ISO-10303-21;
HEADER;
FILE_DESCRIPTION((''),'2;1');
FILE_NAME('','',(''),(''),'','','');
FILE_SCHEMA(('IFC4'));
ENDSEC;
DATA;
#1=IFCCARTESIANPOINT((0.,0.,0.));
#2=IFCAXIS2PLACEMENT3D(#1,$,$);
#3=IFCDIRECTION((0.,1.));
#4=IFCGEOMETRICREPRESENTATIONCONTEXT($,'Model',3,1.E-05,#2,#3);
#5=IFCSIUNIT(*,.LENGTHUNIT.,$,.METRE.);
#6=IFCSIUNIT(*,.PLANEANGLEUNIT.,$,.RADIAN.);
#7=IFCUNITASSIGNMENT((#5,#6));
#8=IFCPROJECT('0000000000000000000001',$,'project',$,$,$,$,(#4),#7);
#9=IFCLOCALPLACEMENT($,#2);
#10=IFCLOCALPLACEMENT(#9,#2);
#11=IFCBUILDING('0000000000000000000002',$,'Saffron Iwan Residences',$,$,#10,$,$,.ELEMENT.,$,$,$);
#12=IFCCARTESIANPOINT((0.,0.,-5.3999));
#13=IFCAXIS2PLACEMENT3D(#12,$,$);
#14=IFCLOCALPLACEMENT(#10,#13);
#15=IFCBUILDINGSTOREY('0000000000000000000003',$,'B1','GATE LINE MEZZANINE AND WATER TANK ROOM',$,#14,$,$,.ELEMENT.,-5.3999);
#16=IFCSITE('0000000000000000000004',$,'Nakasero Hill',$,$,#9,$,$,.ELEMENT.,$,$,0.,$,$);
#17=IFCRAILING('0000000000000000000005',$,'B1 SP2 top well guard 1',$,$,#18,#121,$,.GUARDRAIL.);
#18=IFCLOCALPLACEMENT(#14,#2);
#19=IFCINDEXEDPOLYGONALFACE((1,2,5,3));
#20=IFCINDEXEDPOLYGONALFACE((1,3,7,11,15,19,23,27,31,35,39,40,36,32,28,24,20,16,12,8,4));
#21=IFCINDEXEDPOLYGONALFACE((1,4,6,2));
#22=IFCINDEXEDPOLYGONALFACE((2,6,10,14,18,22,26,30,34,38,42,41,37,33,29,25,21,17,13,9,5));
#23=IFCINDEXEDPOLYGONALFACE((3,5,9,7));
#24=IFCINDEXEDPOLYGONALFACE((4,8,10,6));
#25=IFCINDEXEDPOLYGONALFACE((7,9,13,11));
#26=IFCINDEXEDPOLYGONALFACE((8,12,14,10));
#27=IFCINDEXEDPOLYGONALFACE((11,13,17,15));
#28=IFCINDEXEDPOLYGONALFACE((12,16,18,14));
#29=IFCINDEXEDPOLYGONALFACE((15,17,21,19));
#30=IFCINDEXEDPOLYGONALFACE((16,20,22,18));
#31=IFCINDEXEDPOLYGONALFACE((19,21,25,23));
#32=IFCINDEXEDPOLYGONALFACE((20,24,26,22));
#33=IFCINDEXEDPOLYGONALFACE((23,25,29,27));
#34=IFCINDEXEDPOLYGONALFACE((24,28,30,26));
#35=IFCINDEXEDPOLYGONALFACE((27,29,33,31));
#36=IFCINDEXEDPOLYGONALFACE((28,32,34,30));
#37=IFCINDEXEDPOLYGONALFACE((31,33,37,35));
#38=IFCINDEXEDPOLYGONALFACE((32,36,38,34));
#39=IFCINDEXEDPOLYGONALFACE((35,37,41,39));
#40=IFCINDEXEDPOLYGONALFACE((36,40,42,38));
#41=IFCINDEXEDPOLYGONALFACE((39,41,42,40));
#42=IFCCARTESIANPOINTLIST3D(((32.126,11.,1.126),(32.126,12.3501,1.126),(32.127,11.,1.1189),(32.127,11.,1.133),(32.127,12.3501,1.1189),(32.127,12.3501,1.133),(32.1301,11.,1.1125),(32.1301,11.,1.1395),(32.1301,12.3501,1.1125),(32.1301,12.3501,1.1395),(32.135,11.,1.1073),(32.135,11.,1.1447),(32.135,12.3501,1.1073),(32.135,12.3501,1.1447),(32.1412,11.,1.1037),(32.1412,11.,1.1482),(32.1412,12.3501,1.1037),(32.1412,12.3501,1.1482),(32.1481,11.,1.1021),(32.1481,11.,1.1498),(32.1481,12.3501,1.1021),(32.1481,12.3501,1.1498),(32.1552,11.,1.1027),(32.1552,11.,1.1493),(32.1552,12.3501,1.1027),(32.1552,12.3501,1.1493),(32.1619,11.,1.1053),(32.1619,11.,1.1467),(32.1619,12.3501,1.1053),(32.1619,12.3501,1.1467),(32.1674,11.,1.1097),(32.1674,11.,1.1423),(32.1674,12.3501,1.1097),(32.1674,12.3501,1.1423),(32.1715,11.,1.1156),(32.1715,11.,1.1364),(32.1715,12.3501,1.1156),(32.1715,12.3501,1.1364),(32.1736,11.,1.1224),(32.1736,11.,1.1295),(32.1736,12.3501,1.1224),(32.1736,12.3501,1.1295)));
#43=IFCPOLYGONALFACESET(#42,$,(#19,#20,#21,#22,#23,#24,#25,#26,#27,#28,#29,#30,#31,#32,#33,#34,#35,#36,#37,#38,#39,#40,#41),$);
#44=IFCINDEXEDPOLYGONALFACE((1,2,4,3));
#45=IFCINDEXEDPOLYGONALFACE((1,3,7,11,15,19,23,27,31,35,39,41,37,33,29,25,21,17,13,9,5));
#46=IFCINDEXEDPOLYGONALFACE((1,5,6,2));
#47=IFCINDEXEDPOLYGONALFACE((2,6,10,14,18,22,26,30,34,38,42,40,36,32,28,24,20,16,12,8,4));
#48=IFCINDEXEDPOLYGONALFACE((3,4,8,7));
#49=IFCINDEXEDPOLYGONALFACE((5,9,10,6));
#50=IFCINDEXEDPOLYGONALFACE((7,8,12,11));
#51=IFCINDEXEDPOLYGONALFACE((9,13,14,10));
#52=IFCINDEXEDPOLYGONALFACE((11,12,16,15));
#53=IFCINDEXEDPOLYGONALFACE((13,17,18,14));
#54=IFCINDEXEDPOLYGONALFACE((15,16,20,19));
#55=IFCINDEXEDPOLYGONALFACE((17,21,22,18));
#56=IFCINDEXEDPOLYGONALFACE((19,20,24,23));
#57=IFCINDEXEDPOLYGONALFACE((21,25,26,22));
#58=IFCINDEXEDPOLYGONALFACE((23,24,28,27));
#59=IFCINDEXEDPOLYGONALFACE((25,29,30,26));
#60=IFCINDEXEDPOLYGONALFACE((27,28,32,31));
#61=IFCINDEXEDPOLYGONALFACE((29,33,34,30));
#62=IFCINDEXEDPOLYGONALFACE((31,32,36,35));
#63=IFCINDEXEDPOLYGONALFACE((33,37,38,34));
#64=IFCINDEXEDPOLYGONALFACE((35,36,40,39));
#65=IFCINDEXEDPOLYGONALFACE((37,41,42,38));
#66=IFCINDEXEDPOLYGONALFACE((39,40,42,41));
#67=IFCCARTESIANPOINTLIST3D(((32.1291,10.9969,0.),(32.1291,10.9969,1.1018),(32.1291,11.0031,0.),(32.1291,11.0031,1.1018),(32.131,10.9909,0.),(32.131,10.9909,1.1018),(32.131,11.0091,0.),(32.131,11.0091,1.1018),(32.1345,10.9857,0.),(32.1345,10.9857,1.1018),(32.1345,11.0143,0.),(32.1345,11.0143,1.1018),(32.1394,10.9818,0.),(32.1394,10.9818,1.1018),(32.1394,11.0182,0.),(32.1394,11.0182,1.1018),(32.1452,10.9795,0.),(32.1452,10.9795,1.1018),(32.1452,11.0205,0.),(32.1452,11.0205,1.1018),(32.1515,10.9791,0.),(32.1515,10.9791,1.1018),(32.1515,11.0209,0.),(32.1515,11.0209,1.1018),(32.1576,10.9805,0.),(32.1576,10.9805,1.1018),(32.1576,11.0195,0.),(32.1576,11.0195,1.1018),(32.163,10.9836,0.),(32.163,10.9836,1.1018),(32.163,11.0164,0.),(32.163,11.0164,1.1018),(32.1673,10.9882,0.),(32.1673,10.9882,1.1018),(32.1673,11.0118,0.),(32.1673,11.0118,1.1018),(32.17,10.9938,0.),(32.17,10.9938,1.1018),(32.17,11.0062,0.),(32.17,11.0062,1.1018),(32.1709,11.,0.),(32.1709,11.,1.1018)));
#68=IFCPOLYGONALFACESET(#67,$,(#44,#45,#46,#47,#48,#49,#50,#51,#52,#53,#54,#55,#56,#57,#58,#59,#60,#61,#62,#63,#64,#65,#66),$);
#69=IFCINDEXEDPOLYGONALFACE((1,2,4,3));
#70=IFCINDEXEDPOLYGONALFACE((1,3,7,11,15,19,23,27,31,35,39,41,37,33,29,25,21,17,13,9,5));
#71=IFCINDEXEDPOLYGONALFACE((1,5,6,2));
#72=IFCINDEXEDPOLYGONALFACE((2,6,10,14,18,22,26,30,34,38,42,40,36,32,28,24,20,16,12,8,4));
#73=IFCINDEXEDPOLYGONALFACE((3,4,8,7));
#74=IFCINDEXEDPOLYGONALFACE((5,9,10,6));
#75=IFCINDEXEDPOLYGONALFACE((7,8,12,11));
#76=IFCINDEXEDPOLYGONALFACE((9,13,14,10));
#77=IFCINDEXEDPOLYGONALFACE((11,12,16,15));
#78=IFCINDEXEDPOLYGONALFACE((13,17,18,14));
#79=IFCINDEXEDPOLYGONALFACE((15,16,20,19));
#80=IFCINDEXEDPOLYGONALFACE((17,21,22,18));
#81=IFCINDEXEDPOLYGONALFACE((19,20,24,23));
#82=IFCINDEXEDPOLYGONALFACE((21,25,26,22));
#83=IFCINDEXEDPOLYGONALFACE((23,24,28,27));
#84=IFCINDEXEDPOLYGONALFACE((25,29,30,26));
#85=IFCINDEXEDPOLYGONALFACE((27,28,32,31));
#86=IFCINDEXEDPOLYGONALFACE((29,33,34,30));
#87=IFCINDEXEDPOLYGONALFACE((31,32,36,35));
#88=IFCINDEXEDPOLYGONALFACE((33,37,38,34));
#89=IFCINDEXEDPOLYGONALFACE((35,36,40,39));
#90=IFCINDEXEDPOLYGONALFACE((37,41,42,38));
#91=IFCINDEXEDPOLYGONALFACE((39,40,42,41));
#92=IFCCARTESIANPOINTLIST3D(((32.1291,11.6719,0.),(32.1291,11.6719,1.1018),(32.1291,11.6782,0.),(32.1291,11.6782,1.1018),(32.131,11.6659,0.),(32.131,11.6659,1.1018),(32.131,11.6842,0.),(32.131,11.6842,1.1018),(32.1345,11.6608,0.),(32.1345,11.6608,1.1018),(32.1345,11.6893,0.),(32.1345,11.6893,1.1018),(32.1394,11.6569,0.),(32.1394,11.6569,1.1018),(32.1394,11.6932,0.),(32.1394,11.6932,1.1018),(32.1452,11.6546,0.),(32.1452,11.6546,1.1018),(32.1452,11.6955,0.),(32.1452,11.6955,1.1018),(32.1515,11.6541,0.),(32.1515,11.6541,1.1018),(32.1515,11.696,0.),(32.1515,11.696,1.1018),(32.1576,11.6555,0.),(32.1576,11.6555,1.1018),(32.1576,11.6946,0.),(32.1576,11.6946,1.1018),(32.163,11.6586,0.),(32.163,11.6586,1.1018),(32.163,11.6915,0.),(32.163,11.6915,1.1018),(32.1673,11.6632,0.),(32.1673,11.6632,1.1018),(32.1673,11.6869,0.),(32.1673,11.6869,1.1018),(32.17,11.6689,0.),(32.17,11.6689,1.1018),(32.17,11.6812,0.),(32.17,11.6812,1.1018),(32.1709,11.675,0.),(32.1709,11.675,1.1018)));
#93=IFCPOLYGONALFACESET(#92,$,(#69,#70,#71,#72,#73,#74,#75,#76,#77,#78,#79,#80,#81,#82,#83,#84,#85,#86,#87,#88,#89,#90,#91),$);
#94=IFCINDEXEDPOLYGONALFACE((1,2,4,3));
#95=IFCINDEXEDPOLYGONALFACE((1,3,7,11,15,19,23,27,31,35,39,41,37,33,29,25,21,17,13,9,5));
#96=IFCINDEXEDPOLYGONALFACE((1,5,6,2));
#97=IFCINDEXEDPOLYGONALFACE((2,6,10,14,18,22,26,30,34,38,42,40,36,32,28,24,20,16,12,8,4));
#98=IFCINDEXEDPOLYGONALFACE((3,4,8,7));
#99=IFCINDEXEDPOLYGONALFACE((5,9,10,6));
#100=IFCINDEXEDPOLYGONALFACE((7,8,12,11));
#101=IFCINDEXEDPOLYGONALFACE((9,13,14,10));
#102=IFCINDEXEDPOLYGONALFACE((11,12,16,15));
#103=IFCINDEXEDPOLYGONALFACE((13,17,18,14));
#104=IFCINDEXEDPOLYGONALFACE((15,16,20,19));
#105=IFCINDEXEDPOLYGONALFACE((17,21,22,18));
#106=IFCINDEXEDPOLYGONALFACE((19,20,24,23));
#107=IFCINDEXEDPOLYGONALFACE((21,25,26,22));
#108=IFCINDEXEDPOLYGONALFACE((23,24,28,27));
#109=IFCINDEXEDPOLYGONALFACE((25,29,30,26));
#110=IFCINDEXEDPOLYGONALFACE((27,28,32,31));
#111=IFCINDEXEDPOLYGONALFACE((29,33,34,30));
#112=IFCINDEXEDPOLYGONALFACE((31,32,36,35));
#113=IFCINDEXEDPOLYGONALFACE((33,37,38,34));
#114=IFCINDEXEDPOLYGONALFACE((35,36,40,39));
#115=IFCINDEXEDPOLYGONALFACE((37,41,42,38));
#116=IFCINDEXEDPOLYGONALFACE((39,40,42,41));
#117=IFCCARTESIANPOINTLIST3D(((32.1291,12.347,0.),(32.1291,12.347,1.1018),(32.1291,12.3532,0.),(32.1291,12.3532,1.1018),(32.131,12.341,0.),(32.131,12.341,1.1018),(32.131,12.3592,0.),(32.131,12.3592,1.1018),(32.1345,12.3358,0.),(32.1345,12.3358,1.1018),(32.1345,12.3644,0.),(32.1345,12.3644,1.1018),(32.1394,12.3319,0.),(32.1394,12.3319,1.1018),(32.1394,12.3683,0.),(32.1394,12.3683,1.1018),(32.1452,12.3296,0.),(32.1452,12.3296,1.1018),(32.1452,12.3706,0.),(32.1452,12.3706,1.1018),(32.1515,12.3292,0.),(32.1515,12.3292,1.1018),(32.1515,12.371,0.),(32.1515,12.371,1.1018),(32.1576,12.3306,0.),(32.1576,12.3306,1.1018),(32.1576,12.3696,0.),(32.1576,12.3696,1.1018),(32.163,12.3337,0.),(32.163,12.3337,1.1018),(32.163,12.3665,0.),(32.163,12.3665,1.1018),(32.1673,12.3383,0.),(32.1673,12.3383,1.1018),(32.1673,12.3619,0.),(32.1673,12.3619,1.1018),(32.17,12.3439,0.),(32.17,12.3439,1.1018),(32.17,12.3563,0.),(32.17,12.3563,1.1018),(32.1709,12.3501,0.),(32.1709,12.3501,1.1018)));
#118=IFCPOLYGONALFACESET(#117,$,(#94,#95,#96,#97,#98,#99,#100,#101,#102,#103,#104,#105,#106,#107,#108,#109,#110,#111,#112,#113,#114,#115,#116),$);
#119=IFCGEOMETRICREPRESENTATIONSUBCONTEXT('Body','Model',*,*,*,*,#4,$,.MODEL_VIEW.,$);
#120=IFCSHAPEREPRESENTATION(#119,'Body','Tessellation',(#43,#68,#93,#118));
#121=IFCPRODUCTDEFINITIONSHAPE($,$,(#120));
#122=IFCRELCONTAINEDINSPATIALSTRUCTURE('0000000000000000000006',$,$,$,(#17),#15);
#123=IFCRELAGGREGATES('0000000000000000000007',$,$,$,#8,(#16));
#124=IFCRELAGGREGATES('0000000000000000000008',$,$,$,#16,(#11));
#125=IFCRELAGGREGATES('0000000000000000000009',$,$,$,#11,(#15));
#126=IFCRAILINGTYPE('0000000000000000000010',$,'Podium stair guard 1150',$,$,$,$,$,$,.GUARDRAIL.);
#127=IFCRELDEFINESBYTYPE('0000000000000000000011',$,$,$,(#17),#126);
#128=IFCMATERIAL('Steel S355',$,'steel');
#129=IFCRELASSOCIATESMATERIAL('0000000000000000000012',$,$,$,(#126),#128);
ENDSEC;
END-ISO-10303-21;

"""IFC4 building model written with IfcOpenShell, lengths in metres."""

from ifc_helpers import new_model, si_unit, direction, frame, origin, origin_2d, place, context, subcontext, project, spatial, circle, extrude, material, type_object, element, save


model = new_model("IFC4")

# Units and contexts
model_context = context("Model", 3, precision=1e-05, world=origin(), true_north=direction((0.0, 1.0)))
body_context = subcontext(model_context, "Body", "Model", "MODEL_VIEW")
ifc_project = project(units=[si_unit("LENGTHUNIT", "METRE"), si_unit("PLANEANGLEUNIT", "RADIAN")], contexts=[model_context])

# Site, building, storey
site_placement = place(None, origin())
site = spatial("IfcSite", under=ifc_project, at=site_placement, Name="Nakasero Hill", CompositionType="ELEMENT", RefElevation=0.0)
building_placement = place(site_placement, origin())
building = spatial("IfcBuilding", under=site, at=building_placement, Name="Saffron Iwan Residences", CompositionType="ELEMENT")
storey_placement = place(building_placement, frame((0.0, 0.0, -5.3999)))
storey = spatial("IfcBuildingStorey", under=building, at=storey_placement, Name="B1", Description="GATE LINE MEZZANINE AND WATER TANK ROOM", CompositionType="ELEMENT", Elevation=-5.3999)

# Railing
ifc_material_1 = material(Name="Steel S355", Category="steel")
railing_type_1 = type_object("IfcRailingType", Name="Podium stair guard 1150", PredefinedType="GUARDRAIL", material=ifc_material_1)
railing_1_placement = place(storey_placement, frame((32.1499, 11.0, 0.0)))
element("IfcRailing", 1, at=railing_1_placement, inside=storey, type_object=railing_type_1, Name="B1 SP2 top well guard 1", PredefinedType="GUARDRAIL", context=body_context, shape_type="SweptSolid", body=[
    extrude(circle(Radius=0.0239, at=origin_2d()), frame((0.0, 0.0, 1.126), z_axis=(0.0, 1.0, 0.0), x_axis=(-1.0, 0.0, 0.0)), (0.0, 0.0, 1.0), 1.3501),
    extrude(circle(Radius=0.021, at=origin_2d()), origin(), (0.0, 0.0, 1.0), 1.1018),
    extrude(circle(Radius=0.021, at=origin_2d()), frame((0.0, 0.675, 0.0)), (0.0, 0.0, 1.0), 1.1018),
    extrude(circle(Radius=0.021, at=origin_2d()), frame((0.0, 1.3501, 0.0)), (0.0, 0.0, 1.0), 1.1018),
])

save(model, "model.ifc")
